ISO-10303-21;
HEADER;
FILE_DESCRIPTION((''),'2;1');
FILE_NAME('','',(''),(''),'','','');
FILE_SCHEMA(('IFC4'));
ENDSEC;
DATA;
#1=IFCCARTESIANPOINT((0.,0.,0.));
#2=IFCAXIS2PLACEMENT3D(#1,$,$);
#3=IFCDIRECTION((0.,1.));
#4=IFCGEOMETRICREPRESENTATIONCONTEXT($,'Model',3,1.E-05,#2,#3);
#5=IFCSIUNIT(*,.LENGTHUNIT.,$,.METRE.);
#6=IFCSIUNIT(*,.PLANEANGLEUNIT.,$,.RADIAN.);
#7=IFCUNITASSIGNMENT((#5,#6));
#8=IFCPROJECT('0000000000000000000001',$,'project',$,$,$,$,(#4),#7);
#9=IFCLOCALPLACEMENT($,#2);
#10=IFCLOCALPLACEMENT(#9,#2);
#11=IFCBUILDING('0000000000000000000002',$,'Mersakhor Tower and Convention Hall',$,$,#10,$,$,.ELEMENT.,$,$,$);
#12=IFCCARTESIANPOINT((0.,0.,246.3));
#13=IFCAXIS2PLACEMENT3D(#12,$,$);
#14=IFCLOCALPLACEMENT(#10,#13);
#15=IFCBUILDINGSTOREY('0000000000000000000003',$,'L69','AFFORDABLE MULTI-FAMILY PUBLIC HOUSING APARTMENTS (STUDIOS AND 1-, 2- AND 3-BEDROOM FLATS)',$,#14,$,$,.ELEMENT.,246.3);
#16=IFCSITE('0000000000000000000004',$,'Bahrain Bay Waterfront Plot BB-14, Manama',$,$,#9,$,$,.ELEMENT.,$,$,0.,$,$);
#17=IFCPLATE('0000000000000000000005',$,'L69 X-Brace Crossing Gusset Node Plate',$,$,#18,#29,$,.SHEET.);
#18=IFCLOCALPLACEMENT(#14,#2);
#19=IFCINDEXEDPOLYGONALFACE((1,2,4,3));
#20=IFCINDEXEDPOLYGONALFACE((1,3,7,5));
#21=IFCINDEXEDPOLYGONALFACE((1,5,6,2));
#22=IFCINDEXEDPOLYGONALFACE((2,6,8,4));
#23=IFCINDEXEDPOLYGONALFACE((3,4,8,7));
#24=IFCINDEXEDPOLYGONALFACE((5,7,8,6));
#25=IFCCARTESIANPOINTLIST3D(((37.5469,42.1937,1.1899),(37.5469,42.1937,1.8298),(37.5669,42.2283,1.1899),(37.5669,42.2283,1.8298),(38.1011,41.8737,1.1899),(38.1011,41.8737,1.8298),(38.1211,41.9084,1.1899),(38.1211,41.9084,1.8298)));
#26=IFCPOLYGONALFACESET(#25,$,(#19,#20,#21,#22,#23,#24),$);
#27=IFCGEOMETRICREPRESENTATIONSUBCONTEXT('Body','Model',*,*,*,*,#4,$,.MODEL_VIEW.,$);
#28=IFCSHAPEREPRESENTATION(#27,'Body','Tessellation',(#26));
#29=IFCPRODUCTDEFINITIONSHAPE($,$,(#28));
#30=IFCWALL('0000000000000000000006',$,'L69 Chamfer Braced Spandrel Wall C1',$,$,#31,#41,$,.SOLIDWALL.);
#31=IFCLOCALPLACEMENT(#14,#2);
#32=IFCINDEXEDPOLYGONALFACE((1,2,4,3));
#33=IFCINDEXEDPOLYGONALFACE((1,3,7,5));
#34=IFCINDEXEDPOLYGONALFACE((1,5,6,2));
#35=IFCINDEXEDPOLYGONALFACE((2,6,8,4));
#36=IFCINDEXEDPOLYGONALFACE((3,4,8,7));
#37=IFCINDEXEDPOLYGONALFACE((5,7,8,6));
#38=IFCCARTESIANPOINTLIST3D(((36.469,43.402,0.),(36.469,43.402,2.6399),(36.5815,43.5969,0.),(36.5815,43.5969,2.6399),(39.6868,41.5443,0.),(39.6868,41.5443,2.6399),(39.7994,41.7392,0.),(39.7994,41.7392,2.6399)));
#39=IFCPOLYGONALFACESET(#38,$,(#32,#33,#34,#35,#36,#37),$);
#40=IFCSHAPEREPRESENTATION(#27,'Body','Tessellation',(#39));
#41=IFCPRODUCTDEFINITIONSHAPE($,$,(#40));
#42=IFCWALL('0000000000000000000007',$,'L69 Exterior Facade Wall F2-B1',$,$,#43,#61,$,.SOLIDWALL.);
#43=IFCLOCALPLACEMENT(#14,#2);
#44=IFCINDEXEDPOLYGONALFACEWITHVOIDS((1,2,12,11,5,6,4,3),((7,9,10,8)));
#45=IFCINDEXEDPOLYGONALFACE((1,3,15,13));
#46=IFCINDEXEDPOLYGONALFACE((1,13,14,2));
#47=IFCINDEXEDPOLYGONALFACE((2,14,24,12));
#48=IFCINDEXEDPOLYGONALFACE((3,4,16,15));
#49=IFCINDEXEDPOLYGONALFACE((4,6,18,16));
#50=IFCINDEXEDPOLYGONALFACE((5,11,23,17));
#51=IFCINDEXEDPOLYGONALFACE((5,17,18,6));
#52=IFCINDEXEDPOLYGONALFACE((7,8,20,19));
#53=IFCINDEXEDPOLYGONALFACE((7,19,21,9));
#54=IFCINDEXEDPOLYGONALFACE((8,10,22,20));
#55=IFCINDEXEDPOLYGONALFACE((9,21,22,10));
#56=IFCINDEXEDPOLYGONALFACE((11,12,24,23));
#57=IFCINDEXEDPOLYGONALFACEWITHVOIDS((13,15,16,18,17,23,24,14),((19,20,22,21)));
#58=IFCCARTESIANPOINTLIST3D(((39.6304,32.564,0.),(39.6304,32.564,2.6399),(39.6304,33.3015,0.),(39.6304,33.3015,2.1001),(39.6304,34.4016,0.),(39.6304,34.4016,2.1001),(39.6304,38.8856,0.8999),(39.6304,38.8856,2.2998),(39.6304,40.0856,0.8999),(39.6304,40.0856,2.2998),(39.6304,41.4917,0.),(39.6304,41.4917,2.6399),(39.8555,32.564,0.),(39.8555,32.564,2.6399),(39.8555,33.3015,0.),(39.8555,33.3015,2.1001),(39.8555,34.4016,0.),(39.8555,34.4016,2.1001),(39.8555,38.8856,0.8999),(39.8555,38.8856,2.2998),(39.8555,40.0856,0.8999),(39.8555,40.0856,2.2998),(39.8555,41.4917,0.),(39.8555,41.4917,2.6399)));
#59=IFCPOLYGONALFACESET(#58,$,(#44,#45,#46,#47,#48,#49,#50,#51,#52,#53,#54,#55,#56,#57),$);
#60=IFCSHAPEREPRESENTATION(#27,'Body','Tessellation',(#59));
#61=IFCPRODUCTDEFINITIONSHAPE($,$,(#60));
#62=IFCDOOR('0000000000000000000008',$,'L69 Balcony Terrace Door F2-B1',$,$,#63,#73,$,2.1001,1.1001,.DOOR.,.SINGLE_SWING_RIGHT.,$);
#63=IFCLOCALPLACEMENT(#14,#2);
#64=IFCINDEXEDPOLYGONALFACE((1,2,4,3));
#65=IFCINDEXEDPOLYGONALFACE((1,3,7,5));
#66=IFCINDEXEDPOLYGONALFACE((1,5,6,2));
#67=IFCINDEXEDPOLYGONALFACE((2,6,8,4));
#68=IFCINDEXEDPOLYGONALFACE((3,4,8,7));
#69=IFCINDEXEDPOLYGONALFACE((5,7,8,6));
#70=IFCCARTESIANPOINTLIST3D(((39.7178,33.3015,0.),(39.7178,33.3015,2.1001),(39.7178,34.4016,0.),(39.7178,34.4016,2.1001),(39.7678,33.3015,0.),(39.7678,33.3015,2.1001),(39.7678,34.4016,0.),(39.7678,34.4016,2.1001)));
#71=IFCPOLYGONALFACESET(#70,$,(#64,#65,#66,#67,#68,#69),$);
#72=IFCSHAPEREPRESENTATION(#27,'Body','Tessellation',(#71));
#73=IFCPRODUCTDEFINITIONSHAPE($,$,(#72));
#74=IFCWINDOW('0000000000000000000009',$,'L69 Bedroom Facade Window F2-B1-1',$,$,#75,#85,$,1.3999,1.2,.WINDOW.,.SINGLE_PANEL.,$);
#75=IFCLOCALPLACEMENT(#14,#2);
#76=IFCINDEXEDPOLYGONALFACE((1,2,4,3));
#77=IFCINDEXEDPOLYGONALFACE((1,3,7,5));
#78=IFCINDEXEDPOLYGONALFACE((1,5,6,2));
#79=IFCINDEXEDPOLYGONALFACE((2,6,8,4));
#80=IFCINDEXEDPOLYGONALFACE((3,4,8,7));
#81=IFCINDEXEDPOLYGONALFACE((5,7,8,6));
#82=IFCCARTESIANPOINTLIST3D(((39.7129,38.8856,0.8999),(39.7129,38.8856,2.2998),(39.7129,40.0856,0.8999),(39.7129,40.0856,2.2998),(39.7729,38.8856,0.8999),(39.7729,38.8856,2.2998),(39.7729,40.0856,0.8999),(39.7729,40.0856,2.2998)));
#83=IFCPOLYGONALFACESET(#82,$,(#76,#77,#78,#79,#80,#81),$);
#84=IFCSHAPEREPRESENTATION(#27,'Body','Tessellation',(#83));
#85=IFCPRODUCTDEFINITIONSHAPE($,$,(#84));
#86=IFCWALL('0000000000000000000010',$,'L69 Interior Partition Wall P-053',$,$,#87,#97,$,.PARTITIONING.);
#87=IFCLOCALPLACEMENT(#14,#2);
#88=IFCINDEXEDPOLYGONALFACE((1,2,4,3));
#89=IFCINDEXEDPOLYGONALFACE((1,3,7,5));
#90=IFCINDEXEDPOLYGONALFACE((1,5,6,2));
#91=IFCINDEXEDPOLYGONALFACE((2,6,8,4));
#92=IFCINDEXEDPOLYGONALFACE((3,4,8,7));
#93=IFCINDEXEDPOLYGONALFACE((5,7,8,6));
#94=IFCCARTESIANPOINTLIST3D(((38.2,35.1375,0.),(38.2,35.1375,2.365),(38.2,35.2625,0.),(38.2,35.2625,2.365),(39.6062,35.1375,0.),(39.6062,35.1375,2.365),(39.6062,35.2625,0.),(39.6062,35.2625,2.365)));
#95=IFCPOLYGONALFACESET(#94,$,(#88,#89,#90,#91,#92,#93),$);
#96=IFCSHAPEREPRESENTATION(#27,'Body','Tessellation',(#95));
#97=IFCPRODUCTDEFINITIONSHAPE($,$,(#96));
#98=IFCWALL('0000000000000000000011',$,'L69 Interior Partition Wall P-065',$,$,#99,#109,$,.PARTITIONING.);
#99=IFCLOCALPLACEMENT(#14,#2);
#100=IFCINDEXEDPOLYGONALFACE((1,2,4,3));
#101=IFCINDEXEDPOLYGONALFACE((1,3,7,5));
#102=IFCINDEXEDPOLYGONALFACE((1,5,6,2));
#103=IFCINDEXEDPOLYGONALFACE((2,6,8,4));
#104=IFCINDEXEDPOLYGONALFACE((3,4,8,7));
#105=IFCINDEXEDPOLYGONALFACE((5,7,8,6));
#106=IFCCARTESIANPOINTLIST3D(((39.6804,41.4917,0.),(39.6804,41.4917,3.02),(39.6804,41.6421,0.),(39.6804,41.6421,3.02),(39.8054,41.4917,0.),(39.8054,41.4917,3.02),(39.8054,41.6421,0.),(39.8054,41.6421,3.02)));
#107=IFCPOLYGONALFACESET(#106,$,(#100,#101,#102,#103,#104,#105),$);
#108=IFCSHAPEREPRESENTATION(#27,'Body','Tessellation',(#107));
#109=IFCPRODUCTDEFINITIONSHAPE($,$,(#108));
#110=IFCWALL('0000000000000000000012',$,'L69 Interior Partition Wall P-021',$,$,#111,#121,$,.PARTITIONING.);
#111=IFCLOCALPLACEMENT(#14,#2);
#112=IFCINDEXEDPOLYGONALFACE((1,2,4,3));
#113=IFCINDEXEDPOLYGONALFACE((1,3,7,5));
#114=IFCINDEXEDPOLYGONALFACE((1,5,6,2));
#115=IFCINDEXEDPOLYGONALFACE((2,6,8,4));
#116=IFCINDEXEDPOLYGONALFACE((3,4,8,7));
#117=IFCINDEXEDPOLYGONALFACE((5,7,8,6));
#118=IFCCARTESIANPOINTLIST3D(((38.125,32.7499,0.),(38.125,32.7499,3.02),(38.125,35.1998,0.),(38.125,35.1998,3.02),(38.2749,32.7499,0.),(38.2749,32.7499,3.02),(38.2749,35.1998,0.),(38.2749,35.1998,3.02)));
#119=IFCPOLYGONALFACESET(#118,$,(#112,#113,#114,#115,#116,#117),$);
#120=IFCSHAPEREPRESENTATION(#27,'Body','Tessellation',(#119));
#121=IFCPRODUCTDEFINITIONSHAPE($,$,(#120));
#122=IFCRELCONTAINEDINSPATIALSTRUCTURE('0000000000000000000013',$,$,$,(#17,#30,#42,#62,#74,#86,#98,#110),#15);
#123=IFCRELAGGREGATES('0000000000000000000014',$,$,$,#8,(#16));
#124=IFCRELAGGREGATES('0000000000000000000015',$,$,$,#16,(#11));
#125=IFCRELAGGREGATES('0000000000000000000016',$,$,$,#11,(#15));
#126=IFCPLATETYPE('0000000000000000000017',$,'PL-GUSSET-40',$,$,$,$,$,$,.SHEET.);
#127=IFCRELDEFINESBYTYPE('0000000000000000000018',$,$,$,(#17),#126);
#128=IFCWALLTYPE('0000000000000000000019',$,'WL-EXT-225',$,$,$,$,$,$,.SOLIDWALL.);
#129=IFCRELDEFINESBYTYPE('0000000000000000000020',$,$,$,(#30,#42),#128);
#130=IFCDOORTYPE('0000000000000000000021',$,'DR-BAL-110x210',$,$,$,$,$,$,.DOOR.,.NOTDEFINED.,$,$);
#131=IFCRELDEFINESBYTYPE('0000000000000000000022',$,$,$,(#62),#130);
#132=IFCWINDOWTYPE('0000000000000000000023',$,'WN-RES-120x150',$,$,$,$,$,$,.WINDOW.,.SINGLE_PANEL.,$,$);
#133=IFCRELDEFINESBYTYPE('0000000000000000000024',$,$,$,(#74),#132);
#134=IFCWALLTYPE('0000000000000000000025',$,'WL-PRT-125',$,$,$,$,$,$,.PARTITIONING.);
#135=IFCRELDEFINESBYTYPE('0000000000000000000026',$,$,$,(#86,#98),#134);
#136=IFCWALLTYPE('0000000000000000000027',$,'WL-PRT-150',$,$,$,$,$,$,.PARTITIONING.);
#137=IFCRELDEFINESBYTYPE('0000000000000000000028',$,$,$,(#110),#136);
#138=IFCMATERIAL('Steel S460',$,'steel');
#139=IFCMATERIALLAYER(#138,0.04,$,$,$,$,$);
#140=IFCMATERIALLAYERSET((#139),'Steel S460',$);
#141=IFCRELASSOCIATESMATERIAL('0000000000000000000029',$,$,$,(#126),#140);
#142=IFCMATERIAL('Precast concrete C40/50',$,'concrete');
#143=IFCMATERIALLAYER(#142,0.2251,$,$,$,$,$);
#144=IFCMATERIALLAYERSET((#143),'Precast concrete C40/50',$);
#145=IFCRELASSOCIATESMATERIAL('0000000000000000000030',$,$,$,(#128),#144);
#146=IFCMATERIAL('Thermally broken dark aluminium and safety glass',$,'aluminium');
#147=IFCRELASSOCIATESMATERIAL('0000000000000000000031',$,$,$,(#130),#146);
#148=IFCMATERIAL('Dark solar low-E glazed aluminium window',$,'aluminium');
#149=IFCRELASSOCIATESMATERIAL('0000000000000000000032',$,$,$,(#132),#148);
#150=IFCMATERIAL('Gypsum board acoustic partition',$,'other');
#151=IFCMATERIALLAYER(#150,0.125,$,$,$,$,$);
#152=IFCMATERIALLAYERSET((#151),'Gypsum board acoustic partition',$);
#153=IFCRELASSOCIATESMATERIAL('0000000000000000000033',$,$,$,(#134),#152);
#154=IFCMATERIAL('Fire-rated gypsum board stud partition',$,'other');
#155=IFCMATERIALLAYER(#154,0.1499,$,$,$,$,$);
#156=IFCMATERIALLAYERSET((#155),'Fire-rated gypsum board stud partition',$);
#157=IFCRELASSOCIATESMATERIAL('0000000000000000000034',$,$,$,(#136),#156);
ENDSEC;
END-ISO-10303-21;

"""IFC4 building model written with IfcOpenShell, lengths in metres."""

from ifc_helpers import new_model, si_unit, direction, frame, frame_2d, origin, origin_2d, place, context, subcontext, project, spatial, rectangle, extrude, material, layer, layer_set, type_object, element, fill, save


model = new_model("IFC4")

# Units and contexts
model_context = context("Model", 3, precision=1e-05, world=origin(), true_north=direction((0.0, 1.0)))
body_context = subcontext(model_context, "Body", "Model", "MODEL_VIEW")
ifc_project = project(units=[si_unit("LENGTHUNIT", "METRE"), si_unit("PLANEANGLEUNIT", "RADIAN")], contexts=[model_context])

# Site, building, storey
site_placement = place(None, origin())
site = spatial("IfcSite", under=ifc_project, at=site_placement, Name="Bahrain Bay Waterfront Plot BB-14, Manama", CompositionType="ELEMENT", RefElevation=0.0)
building_placement = place(site_placement, origin())
building = spatial("IfcBuilding", under=site, at=building_placement, Name="Mersakhor Tower and Convention Hall", CompositionType="ELEMENT")
storey_placement = place(building_placement, frame((0.0, 0.0, 246.3)))
storey = spatial("IfcBuildingStorey", under=building, at=storey_placement, Name="L69", Description="AFFORDABLE MULTI-FAMILY PUBLIC HOUSING APARTMENTS (STUDIOS AND 1-, 2- AND 3-BEDROOM FLATS)", CompositionType="ELEMENT", Elevation=246.3)

# Plate
ifc_material_1 = material(Name="Steel S460", Category="steel")
ifc_layer_1 = layer(ifc_material_1, 0.04)
ifc_layer_set_1 = layer_set([ifc_layer_1], Name="Steel S460")
plate_type = type_object("IfcPlateType", Name="PL-GUSSET-40", PredefinedType="SHEET", material=ifc_layer_set_1)
plate_placement = place(storey_placement, frame((37.834, 42.051, 1.1899), z_axis=(0.0, 0.0, 1.0), x_axis=(-0.866025, 0.5, 0.0)))
element("IfcPlate", 1, at=plate_placement, inside=storey, type_object=plate_type, Name="L69 X-Brace Crossing Gusset Node Plate", PredefinedType="SHEET", context=body_context, shape_type="SweptSolid", body=[
    extrude(rectangle(XDim=0.6399, YDim=0.04, at=origin_2d()), origin(), (0.0, 0.0, 1.0), 0.6399),
])

# Wall
ifc_material_2 = material(Name="Precast concrete C40/50", Category="concrete")
ifc_layer_2 = layer(ifc_material_2, 0.2251)
ifc_layer_set_2 = layer_set([ifc_layer_2], Name="Precast concrete C40/50")
wall_type_1 = type_object("IfcWallType", Name="WL-EXT-225", PredefinedType="SOLIDWALL", material=ifc_layer_set_2)
wall_1_placement = place(storey_placement, frame((36.5251, 43.4995, 0.0), z_axis=(0.0, 0.0, 1.0), x_axis=(0.866039, -0.499977, 0.0)))
element("IfcWall", 2, at=wall_1_placement, inside=storey, type_object=wall_type_1, Name="L69 Chamfer Braced Spandrel Wall C1", PredefinedType="SOLIDWALL", context=body_context, shape_type="SweptSolid", body=[
    extrude(rectangle(XDim=3.7156, YDim=0.2251, at=frame_2d((1.8579, 0.0))), origin(), (0.0, 0.0, 1.0), 2.6399),
])

# Wall, openings, door, window
wall_2_placement = place(storey_placement, frame((39.7429, 41.4917, 0.0), z_axis=(0.0, 0.0, 1.0), x_axis=(0.0, -1.0, 0.0)))
wall_2 = element("IfcWall", 3, at=wall_2_placement, inside=storey, type_object=wall_type_1, Name="L69 Exterior Facade Wall F2-B1", PredefinedType="SOLIDWALL", context=body_context, shape_type="SweptSolid", body=[
    extrude(rectangle(XDim=8.9277, YDim=0.2251, at=frame_2d((4.4639, 0.0))), origin(), (0.0, 0.0, 1.0), 2.6399),
])
opening_1_placement = place(wall_2_placement, frame((7.0901, 0.0, 0.0)))
opening_1 = element("IfcOpeningElement", 4, at=opening_1_placement, cuts=wall_2, PredefinedType="OPENING", context=body_context, shape_type="SweptSolid", body=[
    extrude(rectangle(XDim=1.1001, YDim=2.1001, at=frame_2d((0.55, 1.05))), frame((0.0, 0.1226, 0.0), z_axis=(0.0, -1.0, 0.0), x_axis=(1.0, 0.0, 0.0)), (0.0, 0.0, 1.0), 0.2451),
])
opening_2_placement = place(wall_2_placement, frame((1.406, 0.0, 0.8999)))
opening_2 = element("IfcOpeningElement", 5, at=opening_2_placement, cuts=wall_2, PredefinedType="OPENING", context=body_context, shape_type="SweptSolid", body=[
    extrude(rectangle(XDim=1.2, YDim=1.3999, at=frame_2d((0.6001, 0.7))), frame((0.0, 0.1226, 0.0), z_axis=(0.0, -1.0, 0.0), x_axis=(1.0, 0.0, 0.0)), (0.0, 0.0, 1.0), 0.2451),
])
ifc_material_3 = material(Name="Thermally broken dark aluminium and safety glass", Category="aluminium")
door_type = type_object("IfcDoorType", Name="DR-BAL-110x210", OperationType="NOTDEFINED", PredefinedType="DOOR", material=ifc_material_3)
door_placement = place(opening_1_placement, origin())
door = element("IfcDoor", 6, at=door_placement, inside=storey, type_object=door_type, Name="L69 Balcony Terrace Door F2-B1", OperationType="SINGLE_SWING_RIGHT", OverallHeight=2.1001, OverallWidth=1.1001, PredefinedType="DOOR", context=body_context, shape_type="SweptSolid", body=[
    extrude(rectangle(XDim=1.1001, YDim=2.1001, at=frame_2d((0.55, 1.05))), frame((0.0, 0.0249, 0.0), z_axis=(0.0, -1.0, 0.0), x_axis=(1.0, 0.0, 0.0)), (0.0, 0.0, 1.0), 0.05),
])
fill(opening_1, door)
ifc_material_4 = material(Name="Dark solar low-E glazed aluminium window", Category="aluminium")
window_type = type_object("IfcWindowType", Name="WN-RES-120x150", PartitioningType="SINGLE_PANEL", PredefinedType="WINDOW", material=ifc_material_4)
window_placement = place(opening_2_placement, origin())
window = element("IfcWindow", 7, at=window_placement, inside=storey, type_object=window_type, Name="L69 Bedroom Facade Window F2-B1-1", OverallHeight=1.3999, OverallWidth=1.2, PartitioningType="SINGLE_PANEL", PredefinedType="WINDOW", context=body_context, shape_type="SweptSolid", body=[
    extrude(rectangle(XDim=1.2, YDim=1.3999, at=frame_2d((0.6001, 0.7))), frame((0.0, 0.03, 0.0), z_axis=(0.0, -1.0, 0.0), x_axis=(1.0, 0.0, 0.0)), (0.0, 0.0, 1.0), 0.0601),
])
fill(opening_2, window)

# Walls
ifc_material_5 = material(Name="Gypsum board acoustic partition", Category="other")
ifc_layer_3 = layer(ifc_material_5, 0.125)
ifc_layer_set_3 = layer_set([ifc_layer_3], Name="Gypsum board acoustic partition")
wall_type_2 = type_object("IfcWallType", Name="WL-PRT-125", PredefinedType="PARTITIONING", material=ifc_layer_set_3)
wall_3_placement = place(storey_placement, frame((39.6062, 35.2, 0.0), z_axis=(0.0, 0.0, 1.0), x_axis=(-1.0, 0.0, 0.0)))
element("IfcWall", 8, at=wall_3_placement, inside=storey, type_object=wall_type_2, Name="L69 Interior Partition Wall P-053", PredefinedType="PARTITIONING", context=body_context, shape_type="SweptSolid", body=[
    extrude(rectangle(XDim=1.4062, YDim=0.125, at=frame_2d((0.7031, 0.0))), origin(), (0.0, 0.0, 1.0), 2.365),
])
wall_4_placement = place(storey_placement, frame((39.7429, 41.6421, 0.0), z_axis=(0.0, 0.0, 1.0), x_axis=(0.0, -1.0, 0.0)))
element("IfcWall", 9, at=wall_4_placement, inside=storey, type_object=wall_type_2, Name="L69 Interior Partition Wall P-065", PredefinedType="PARTITIONING", context=body_context, shape_type="SweptSolid", body=[
    extrude(rectangle(XDim=0.1504, YDim=0.125, at=frame_2d((0.0752, 0.0))), origin(), (0.0, 0.0, 1.0), 3.02),
])
ifc_material_6 = material(Name="Fire-rated gypsum board stud partition", Category="other")
ifc_layer_4 = layer(ifc_material_6, 0.1499)
ifc_layer_set_4 = layer_set([ifc_layer_4], Name="Fire-rated gypsum board stud partition")
wall_type_3 = type_object("IfcWallType", Name="WL-PRT-150", PredefinedType="PARTITIONING", material=ifc_layer_set_4)
wall_5_placement = place(storey_placement, frame((38.2, 35.2, 0.0), z_axis=(0.0, 0.0, 1.0), x_axis=(0.0, -1.0, 0.0)))
element("IfcWall", 10, at=wall_5_placement, inside=storey, type_object=wall_type_3, Name="L69 Interior Partition Wall P-021", PredefinedType="PARTITIONING", context=body_context, shape_type="SweptSolid", body=[
    extrude(rectangle(XDim=2.45, YDim=0.1499, at=frame_2d((1.2251, 0.0))), origin(), (0.0, 0.0, 1.0), 3.02),
])

save(model, "model.ifc")
